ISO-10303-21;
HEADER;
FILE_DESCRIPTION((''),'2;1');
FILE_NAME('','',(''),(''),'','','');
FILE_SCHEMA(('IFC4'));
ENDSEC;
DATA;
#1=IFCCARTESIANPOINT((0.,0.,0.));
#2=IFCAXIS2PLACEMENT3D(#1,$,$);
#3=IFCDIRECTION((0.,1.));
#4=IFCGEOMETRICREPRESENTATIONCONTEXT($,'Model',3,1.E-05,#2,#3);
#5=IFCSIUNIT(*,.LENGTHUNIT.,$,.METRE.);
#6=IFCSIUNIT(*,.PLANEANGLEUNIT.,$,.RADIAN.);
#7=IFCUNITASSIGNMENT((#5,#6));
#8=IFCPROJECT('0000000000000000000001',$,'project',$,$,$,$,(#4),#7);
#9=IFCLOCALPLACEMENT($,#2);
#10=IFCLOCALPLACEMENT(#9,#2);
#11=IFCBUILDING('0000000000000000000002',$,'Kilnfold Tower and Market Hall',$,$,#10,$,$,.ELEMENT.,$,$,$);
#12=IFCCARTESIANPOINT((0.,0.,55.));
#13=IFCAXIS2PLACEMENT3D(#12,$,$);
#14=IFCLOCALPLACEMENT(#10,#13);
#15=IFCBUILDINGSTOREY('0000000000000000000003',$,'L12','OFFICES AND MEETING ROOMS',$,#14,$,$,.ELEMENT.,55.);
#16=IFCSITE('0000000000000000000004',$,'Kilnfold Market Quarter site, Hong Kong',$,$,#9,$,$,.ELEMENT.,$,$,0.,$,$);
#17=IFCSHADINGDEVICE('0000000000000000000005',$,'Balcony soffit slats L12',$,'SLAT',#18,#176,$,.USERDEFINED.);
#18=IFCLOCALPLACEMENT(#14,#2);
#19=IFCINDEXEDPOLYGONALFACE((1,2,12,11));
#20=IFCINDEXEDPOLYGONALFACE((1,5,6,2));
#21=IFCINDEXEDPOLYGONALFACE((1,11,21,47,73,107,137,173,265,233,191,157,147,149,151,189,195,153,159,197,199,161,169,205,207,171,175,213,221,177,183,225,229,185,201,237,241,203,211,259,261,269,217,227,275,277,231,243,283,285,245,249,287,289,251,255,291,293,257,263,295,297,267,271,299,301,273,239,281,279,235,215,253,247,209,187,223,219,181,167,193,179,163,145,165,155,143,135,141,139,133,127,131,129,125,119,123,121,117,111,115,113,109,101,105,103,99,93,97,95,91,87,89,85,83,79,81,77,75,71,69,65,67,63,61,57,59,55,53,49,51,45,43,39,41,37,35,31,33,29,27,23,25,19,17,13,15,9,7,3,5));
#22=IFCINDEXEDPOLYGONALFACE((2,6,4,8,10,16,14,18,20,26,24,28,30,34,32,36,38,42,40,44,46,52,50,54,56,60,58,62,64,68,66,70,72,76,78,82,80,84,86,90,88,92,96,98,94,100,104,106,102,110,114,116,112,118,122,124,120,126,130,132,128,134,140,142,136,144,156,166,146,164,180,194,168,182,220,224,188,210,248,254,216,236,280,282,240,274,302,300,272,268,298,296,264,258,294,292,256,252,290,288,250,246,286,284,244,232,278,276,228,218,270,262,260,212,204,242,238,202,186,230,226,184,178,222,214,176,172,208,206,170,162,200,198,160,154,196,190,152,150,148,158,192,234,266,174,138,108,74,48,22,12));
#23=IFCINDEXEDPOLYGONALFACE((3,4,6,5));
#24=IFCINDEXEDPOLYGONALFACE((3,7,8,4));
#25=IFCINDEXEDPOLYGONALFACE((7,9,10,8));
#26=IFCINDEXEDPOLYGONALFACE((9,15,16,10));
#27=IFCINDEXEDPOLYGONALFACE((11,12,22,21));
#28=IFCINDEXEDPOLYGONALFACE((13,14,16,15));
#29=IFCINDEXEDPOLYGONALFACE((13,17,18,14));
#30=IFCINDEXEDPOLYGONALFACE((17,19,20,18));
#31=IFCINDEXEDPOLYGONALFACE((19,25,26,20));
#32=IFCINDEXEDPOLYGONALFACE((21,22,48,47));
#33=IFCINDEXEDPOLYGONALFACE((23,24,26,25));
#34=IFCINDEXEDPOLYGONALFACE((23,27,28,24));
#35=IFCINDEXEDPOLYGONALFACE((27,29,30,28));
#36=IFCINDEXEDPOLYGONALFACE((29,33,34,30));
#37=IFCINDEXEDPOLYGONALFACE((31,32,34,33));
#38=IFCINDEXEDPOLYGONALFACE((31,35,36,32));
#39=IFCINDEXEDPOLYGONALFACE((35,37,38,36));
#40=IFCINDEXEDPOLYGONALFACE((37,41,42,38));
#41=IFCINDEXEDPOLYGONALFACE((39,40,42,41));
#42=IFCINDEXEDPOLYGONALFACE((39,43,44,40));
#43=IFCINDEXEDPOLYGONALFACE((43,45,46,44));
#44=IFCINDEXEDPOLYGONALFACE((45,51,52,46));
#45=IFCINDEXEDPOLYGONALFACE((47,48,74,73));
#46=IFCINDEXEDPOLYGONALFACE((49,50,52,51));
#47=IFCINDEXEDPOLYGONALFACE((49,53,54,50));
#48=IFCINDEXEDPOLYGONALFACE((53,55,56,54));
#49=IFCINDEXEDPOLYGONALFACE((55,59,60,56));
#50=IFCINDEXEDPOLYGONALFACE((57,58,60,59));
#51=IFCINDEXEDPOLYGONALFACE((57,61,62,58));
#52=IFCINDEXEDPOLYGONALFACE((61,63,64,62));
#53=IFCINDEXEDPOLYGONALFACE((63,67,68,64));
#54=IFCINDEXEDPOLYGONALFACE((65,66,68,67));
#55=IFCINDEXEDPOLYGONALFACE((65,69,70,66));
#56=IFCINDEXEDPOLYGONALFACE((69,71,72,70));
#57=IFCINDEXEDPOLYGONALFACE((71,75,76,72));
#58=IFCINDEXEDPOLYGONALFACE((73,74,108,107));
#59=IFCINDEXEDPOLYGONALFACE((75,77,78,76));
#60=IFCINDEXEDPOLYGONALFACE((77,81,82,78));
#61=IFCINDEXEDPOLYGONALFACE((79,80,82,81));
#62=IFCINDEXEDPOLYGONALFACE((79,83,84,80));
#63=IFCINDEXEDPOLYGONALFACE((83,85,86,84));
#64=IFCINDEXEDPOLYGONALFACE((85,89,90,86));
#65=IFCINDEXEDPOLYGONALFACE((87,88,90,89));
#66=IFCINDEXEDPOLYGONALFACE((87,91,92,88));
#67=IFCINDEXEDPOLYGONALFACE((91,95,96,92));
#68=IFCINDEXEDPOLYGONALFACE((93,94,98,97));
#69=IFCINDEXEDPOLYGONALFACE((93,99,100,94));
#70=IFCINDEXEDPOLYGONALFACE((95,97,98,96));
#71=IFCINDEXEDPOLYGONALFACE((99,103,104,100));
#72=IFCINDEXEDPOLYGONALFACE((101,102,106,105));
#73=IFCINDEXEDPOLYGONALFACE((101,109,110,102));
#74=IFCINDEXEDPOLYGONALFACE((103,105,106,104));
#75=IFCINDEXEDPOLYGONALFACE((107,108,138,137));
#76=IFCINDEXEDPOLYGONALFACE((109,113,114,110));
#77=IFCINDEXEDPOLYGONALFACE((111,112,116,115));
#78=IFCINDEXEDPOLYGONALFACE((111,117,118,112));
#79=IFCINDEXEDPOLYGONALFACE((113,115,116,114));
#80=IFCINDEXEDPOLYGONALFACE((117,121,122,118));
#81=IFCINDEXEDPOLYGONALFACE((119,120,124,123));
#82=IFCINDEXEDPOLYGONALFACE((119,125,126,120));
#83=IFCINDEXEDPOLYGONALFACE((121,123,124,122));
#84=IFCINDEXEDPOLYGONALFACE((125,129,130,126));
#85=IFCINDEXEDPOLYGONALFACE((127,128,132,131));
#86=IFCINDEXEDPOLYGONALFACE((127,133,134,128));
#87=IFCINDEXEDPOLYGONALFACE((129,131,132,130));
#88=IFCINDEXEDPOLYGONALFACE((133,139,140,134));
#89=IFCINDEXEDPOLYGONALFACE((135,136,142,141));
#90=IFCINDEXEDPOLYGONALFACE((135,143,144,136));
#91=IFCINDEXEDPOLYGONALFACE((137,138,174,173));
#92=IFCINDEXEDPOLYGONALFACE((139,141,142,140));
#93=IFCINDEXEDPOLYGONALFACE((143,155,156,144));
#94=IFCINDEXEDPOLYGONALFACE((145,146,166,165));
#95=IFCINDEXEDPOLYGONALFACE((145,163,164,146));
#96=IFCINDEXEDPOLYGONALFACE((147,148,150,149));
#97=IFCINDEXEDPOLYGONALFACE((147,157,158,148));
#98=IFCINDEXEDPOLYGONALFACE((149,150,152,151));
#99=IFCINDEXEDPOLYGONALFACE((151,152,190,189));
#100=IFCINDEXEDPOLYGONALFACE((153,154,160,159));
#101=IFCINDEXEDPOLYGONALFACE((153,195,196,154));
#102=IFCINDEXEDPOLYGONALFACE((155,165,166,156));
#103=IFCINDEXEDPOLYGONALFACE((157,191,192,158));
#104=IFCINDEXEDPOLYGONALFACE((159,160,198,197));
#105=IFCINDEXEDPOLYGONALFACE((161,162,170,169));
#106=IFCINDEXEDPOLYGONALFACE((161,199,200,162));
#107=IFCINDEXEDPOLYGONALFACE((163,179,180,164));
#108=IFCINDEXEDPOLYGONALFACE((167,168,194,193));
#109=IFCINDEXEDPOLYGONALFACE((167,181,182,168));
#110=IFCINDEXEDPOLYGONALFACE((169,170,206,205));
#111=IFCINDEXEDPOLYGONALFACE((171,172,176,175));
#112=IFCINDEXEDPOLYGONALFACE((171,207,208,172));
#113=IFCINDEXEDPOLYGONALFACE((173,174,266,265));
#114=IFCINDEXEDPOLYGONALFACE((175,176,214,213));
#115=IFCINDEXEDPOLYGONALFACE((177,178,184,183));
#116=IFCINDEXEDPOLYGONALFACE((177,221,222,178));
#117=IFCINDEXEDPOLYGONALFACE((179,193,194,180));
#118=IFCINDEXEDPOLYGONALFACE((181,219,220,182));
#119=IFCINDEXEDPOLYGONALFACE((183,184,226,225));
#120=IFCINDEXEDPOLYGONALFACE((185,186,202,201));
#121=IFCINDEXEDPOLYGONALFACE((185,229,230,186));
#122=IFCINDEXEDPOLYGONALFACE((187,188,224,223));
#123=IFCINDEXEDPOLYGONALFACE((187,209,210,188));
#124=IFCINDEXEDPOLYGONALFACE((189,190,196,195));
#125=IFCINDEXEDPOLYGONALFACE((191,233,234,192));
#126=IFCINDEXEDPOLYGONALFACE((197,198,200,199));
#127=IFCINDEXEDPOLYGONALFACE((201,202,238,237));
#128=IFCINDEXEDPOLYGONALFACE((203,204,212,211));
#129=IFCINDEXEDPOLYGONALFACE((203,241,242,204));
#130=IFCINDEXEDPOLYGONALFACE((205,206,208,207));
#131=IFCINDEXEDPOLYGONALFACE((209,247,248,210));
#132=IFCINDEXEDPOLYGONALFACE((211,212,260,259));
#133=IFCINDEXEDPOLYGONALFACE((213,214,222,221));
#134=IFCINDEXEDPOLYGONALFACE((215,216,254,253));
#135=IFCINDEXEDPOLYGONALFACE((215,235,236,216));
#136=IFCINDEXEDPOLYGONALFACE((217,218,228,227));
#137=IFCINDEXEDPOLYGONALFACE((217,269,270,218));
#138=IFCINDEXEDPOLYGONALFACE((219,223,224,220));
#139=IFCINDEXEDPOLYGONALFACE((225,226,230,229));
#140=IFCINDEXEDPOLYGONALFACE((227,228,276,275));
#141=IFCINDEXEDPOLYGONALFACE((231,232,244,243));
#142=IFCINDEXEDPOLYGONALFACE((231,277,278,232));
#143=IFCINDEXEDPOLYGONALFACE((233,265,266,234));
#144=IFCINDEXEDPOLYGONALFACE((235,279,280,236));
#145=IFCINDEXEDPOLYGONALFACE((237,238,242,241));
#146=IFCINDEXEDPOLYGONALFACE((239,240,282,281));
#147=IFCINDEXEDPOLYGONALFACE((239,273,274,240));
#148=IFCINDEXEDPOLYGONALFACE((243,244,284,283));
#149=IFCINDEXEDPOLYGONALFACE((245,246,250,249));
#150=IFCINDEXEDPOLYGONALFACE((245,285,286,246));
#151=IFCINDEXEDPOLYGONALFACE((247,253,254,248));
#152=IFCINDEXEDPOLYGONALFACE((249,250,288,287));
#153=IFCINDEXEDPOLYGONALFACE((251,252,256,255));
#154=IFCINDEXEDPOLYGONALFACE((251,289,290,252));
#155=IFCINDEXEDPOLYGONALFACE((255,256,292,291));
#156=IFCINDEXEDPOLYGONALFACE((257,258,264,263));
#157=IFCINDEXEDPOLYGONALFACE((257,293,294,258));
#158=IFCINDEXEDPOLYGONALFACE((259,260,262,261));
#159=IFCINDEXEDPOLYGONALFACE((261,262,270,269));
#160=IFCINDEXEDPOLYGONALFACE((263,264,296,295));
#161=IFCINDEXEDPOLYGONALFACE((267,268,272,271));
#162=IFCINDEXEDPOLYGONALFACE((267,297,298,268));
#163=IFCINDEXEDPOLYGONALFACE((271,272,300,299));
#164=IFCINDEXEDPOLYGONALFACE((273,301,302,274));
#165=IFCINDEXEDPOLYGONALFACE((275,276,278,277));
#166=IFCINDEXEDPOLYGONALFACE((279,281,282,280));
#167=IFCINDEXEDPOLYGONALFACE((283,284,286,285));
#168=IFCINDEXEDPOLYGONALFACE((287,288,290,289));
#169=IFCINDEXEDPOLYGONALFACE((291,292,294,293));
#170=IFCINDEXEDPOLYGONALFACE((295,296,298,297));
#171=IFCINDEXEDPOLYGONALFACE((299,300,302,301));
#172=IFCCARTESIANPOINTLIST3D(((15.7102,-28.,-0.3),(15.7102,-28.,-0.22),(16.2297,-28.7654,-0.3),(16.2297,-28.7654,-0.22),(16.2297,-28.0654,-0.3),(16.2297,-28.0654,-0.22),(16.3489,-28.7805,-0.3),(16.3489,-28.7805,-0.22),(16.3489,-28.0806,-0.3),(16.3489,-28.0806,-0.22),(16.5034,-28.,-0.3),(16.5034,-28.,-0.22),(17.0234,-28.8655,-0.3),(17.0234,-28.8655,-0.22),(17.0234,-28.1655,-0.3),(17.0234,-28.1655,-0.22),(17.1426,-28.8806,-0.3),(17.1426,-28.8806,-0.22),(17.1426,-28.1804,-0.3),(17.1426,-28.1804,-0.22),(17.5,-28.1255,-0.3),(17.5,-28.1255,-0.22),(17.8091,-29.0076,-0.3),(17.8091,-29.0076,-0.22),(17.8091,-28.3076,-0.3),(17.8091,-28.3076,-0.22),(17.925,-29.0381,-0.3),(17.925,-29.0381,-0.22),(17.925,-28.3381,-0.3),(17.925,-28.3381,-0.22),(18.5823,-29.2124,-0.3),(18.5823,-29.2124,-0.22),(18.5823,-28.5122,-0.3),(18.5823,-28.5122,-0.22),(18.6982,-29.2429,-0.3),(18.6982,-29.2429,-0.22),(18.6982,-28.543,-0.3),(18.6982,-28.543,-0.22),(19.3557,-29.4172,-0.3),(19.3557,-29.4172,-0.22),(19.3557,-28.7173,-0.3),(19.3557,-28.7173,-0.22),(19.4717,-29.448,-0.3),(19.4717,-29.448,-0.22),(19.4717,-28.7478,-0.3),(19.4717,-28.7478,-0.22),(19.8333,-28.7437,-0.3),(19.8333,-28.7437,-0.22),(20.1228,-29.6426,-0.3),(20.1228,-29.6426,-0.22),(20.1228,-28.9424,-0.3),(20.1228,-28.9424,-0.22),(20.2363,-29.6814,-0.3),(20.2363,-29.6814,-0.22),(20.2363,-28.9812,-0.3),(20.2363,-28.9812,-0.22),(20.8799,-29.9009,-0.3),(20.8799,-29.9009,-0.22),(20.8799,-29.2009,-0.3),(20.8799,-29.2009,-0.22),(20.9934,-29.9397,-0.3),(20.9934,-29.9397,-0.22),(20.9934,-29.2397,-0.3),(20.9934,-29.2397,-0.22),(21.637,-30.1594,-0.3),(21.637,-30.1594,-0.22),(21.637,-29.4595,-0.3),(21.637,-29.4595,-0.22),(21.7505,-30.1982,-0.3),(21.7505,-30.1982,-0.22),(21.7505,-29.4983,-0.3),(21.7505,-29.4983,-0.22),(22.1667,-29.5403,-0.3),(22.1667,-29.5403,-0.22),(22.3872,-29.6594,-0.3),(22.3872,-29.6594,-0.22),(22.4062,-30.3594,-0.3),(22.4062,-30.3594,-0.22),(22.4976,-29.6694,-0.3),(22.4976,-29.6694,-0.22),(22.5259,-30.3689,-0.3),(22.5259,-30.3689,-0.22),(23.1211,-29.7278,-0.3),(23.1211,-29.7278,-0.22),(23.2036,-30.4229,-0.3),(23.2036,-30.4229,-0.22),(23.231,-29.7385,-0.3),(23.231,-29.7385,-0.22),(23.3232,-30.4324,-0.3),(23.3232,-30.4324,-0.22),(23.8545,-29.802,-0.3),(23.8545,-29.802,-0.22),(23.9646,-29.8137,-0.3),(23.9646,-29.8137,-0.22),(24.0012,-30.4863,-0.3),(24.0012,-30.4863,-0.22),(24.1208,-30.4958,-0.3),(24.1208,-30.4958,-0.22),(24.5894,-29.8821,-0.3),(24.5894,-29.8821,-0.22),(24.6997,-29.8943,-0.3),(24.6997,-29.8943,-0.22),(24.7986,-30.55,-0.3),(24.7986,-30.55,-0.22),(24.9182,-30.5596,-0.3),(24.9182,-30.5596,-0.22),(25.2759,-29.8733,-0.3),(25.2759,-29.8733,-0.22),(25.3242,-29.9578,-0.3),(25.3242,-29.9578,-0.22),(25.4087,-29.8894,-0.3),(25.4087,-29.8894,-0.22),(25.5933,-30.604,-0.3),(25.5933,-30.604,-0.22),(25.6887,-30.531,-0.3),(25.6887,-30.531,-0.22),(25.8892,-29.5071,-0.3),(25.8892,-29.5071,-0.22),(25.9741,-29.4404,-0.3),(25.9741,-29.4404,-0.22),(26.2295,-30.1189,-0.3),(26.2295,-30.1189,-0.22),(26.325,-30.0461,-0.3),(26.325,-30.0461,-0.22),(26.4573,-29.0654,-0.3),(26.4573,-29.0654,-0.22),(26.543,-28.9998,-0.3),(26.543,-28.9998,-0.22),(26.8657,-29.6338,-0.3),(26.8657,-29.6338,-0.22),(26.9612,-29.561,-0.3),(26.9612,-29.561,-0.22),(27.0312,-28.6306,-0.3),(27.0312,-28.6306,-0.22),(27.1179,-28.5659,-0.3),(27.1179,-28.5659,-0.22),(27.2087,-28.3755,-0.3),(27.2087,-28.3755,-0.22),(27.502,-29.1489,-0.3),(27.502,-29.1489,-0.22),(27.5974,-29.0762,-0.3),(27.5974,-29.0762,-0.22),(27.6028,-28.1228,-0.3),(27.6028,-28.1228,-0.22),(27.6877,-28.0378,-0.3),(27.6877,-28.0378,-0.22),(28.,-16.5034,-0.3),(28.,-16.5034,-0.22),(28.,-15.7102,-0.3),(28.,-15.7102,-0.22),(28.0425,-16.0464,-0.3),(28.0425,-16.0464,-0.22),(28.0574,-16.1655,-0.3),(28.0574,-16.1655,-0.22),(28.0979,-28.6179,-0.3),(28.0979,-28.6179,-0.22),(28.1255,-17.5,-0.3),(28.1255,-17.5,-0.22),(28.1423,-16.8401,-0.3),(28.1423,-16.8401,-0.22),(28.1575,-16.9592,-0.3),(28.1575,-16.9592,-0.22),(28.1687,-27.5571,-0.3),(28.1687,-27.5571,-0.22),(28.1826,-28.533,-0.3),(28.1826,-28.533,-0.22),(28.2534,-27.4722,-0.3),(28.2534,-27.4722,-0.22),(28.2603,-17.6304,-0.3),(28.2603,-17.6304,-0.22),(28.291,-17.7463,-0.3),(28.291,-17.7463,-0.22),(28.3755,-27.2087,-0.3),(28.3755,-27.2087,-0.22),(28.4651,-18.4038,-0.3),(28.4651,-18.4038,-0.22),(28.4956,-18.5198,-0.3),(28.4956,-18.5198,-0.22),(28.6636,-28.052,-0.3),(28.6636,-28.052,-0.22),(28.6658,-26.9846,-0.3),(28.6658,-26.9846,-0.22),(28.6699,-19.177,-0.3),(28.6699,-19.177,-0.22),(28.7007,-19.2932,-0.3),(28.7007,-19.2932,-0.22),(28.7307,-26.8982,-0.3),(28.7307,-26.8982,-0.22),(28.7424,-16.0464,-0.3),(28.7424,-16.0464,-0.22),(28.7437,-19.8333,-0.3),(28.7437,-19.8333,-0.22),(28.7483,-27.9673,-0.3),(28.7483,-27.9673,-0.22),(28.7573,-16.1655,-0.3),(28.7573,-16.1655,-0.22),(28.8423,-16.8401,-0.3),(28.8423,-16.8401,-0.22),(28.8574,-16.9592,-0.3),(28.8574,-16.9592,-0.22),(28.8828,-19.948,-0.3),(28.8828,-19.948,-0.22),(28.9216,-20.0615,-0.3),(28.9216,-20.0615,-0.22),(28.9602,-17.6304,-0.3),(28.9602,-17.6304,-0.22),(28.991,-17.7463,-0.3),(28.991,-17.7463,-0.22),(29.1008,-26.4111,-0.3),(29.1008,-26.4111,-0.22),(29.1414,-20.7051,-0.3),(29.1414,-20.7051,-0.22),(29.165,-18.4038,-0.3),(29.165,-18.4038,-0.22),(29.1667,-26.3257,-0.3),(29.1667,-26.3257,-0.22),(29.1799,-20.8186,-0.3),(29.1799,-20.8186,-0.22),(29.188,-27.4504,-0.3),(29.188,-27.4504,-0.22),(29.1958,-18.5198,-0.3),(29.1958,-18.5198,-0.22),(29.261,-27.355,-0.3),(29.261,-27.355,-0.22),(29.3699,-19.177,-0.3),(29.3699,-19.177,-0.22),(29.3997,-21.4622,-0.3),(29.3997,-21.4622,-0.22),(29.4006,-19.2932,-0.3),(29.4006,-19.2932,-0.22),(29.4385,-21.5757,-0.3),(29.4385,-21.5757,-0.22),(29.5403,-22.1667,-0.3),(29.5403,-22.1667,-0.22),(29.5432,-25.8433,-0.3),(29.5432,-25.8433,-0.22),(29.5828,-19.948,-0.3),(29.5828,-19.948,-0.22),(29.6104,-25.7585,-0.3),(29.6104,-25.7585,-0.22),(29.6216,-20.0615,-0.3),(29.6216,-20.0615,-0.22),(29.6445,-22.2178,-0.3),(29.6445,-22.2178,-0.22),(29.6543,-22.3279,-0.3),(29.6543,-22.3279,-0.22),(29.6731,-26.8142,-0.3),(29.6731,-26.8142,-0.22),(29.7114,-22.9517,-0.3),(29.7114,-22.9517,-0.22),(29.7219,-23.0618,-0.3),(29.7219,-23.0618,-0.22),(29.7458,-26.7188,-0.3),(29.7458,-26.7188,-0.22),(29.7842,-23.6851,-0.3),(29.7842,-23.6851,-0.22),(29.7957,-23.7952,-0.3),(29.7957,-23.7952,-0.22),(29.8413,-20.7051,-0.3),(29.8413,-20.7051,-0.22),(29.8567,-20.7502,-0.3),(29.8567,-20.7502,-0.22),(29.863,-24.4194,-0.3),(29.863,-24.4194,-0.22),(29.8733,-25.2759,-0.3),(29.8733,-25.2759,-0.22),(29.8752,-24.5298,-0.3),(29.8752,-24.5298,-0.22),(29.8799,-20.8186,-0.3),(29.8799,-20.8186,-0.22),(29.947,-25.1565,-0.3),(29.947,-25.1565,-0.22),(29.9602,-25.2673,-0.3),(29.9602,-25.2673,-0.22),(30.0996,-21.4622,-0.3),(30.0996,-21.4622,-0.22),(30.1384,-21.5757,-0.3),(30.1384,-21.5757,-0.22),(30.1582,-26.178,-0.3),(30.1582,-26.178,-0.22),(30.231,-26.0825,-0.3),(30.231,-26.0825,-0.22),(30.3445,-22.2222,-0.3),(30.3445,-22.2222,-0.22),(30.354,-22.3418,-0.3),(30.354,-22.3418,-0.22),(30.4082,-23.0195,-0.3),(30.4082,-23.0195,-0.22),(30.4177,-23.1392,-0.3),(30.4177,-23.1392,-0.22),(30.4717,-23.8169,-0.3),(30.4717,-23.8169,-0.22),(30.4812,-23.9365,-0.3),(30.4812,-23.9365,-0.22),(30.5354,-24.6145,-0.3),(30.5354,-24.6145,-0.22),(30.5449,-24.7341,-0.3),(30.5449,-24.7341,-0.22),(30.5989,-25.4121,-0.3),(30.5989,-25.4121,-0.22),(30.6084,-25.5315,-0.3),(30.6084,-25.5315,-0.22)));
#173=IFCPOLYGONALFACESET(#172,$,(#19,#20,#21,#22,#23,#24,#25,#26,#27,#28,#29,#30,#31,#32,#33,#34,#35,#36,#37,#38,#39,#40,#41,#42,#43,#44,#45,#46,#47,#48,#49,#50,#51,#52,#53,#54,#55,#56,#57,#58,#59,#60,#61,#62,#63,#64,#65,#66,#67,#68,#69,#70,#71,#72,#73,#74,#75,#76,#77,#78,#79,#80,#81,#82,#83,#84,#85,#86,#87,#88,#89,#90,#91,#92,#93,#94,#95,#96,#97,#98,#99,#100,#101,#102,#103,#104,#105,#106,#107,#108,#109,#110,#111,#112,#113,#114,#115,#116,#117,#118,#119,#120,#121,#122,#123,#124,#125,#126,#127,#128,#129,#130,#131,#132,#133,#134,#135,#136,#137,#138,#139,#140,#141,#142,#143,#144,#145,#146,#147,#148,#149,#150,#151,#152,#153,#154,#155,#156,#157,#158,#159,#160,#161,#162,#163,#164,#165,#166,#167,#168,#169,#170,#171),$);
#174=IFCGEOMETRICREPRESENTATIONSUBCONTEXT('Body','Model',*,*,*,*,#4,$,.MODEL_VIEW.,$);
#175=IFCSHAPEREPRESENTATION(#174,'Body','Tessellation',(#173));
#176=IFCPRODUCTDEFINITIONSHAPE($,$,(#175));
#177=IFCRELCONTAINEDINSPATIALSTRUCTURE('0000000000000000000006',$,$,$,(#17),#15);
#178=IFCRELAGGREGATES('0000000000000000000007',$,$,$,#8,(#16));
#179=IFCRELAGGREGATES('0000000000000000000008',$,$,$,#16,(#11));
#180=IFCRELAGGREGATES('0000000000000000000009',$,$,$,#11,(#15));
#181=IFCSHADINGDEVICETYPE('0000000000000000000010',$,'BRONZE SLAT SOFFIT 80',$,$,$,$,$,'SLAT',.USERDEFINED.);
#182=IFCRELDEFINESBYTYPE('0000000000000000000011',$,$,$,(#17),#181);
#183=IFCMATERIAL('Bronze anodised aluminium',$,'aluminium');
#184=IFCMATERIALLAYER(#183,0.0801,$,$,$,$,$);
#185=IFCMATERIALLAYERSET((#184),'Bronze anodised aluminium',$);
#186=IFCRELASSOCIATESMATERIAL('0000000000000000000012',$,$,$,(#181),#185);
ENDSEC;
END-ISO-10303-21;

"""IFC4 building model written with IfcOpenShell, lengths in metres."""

from ifc_helpers import new_model, si_unit, direction, frame, origin, place, context, subcontext, project, spatial, polyline, outline, extrude, source, transform, mapped, material, layer, layer_set, type_object, element, save


model = new_model("IFC4")

# Units and contexts
model_context = context("Model", 3, precision=1e-05, world=origin(), true_north=direction((0.0, 1.0)))
body_context = subcontext(model_context, "Body", "Model", "MODEL_VIEW")
ifc_project = project(units=[si_unit("LENGTHUNIT", "METRE"), si_unit("PLANEANGLEUNIT", "RADIAN")], contexts=[model_context])

# Site, building, storey
site_placement = place(None, origin())
site = spatial("IfcSite", under=ifc_project, at=site_placement, Name="Kilnfold Market Quarter site, Hong Kong", CompositionType="ELEMENT", RefElevation=0.0)
building_placement = place(site_placement, origin())
building = spatial("IfcBuilding", under=site, at=building_placement, Name="Kilnfold Tower and Market Hall", CompositionType="ELEMENT")
storey_placement = place(building_placement, frame((0.0, 0.0, 55.0)))
storey = spatial("IfcBuildingStorey", under=building, at=storey_placement, Name="L12", Description="OFFICES AND MEETING ROOMS", CompositionType="ELEMENT", Elevation=55.0)

# Shading device
ifc_material_1 = material(Name="Bronze anodised aluminium", Category="aluminium")
ifc_layer_1 = layer(ifc_material_1, 0.0801)
ifc_layer_set_1 = layer_set([ifc_layer_1], Name="Bronze anodised aluminium")
shading_device_type_1 = type_object("IfcShadingDeviceType", Name="BRONZE SLAT SOFFIT 80", ElementType="SLAT", PredefinedType="USERDEFINED", material=ifc_layer_set_1)
shared_shape_1 = source(origin(), body_context, "Body", "SweptSolid", [
    extrude(outline(polyline([(17.5, -28.1255), (19.8333, -28.7437), (22.1667, -29.5403), (25.2759, -29.8733), (27.2087, -28.3755), (28.3755, -27.2087), (29.8733, -25.2759), (29.5403, -22.1667), (28.7437, -19.8333), (28.1255, -17.5), (28.0, -16.5034), (28.0, -15.7102), (28.0425, -16.0464), (28.7424, -16.0464), (28.7573, -16.1655), (28.0574, -16.1655), (28.1423, -16.8401), (28.8423, -16.8401), (28.8574, -16.9592), (28.1575, -16.9592), (28.2603, -17.6304), (28.9602, -17.6304), (28.991, -17.7463), (28.291, -17.7463), (28.4651, -18.4038), (29.165, -18.4038), (29.1958, -18.5198), (28.4956, -18.5198), (28.6699, -19.177), (29.3699, -19.177), (29.4006, -19.2932), (28.7007, -19.2932), (28.8828, -19.948), (29.5828, -19.948), (29.6216, -20.0615), (28.9216, -20.0615), (29.1414, -20.7051), (29.8413, -20.7051), (29.8567, -20.7502), (29.8799, -20.8186), (29.1799, -20.8186), (29.3997, -21.4622), (30.0996, -21.4622), (30.1384, -21.5757), (29.4385, -21.5757), (29.6445, -22.2178), (30.3445, -22.2222), (30.354, -22.3418), (29.6543, -22.3279), (29.7114, -22.9517), (30.4082, -23.0195), (30.4177, -23.1392), (29.7219, -23.0618), (29.7842, -23.6851), (30.4717, -23.8169), (30.4812, -23.9365), (29.7957, -23.7952), (29.863, -24.4194), (30.5354, -24.6145), (30.5449, -24.7341), (29.8752, -24.5298), (29.947, -25.1565), (30.5989, -25.4121), (30.6084, -25.5315), (29.9602, -25.2673), (29.6104, -25.7585), (30.231, -26.0825), (30.1582, -26.178), (29.5432, -25.8433), (29.1667, -26.3257), (29.7458, -26.7188), (29.6731, -26.8142), (29.1008, -26.4111), (28.7307, -26.8982), (29.261, -27.355), (29.188, -27.4504), (28.6658, -26.9846), (28.2534, -27.4722), (28.7483, -27.9673), (28.6636, -28.052), (28.1687, -27.5571), (27.6877, -28.0378), (28.1826, -28.533), (28.0979, -28.6179), (27.6028, -28.1228), (27.1179, -28.5659), (27.5974, -29.0762), (27.502, -29.1489), (27.0312, -28.6306), (26.543, -28.9998), (26.9612, -29.561), (26.8657, -29.6338), (26.4573, -29.0654), (25.9741, -29.4404), (26.325, -30.0461), (26.2295, -30.1189), (25.8892, -29.5071), (25.4087, -29.8894), (25.6887, -30.531), (25.5933, -30.604), (25.3242, -29.9578), (24.6997, -29.8943), (24.9182, -30.5596), (24.7986, -30.55), (24.5894, -29.8821), (23.9646, -29.8137), (24.1208, -30.4958), (24.0012, -30.4863), (23.8545, -29.802), (23.231, -29.7385), (23.3232, -30.4324), (23.2036, -30.4229), (23.1211, -29.7278), (22.4976, -29.6694), (22.5259, -30.3689), (22.4062, -30.3594), (22.3872, -29.6594), (21.7505, -29.4983), (21.7505, -30.1982), (21.637, -30.1594), (21.637, -29.4595), (20.9934, -29.2397), (20.9934, -29.9397), (20.8799, -29.9009), (20.8799, -29.2009), (20.2363, -28.9812), (20.2363, -29.6814), (20.1228, -29.6426), (20.1228, -28.9424), (19.4717, -28.7478), (19.4717, -29.448), (19.3557, -29.4172), (19.3557, -28.7173), (18.6982, -28.543), (18.6982, -29.2429), (18.5823, -29.2124), (18.5823, -28.5122), (17.925, -28.3381), (17.925, -29.0381), (17.8091, -29.0076), (17.8091, -28.3076), (17.1426, -28.1804), (17.1426, -28.8806), (17.0234, -28.8655), (17.0234, -28.1655), (16.3489, -28.0806), (16.3489, -28.7805), (16.2297, -28.7654), (16.2297, -28.0654), (15.7102, -28.0), (16.5034, -28.0), (17.5, -28.1255)])), origin(), (0.0, 0.0, 1.0), 0.0801),
])
shading_device_1_placement = place(storey_placement, frame((0.0, 0.0, -0.3)))
element("IfcShadingDevice", 1, at=shading_device_1_placement, inside=storey, type_object=shading_device_type_1, Name="Balcony soffit slats L12", ObjectType="SLAT", PredefinedType="USERDEFINED", context=body_context, shape_type="MappedRepresentation", body=[
    mapped(shared_shape_1, transform((0.0, 0.0, 0.0))),
])

save(model, "model.ifc")
